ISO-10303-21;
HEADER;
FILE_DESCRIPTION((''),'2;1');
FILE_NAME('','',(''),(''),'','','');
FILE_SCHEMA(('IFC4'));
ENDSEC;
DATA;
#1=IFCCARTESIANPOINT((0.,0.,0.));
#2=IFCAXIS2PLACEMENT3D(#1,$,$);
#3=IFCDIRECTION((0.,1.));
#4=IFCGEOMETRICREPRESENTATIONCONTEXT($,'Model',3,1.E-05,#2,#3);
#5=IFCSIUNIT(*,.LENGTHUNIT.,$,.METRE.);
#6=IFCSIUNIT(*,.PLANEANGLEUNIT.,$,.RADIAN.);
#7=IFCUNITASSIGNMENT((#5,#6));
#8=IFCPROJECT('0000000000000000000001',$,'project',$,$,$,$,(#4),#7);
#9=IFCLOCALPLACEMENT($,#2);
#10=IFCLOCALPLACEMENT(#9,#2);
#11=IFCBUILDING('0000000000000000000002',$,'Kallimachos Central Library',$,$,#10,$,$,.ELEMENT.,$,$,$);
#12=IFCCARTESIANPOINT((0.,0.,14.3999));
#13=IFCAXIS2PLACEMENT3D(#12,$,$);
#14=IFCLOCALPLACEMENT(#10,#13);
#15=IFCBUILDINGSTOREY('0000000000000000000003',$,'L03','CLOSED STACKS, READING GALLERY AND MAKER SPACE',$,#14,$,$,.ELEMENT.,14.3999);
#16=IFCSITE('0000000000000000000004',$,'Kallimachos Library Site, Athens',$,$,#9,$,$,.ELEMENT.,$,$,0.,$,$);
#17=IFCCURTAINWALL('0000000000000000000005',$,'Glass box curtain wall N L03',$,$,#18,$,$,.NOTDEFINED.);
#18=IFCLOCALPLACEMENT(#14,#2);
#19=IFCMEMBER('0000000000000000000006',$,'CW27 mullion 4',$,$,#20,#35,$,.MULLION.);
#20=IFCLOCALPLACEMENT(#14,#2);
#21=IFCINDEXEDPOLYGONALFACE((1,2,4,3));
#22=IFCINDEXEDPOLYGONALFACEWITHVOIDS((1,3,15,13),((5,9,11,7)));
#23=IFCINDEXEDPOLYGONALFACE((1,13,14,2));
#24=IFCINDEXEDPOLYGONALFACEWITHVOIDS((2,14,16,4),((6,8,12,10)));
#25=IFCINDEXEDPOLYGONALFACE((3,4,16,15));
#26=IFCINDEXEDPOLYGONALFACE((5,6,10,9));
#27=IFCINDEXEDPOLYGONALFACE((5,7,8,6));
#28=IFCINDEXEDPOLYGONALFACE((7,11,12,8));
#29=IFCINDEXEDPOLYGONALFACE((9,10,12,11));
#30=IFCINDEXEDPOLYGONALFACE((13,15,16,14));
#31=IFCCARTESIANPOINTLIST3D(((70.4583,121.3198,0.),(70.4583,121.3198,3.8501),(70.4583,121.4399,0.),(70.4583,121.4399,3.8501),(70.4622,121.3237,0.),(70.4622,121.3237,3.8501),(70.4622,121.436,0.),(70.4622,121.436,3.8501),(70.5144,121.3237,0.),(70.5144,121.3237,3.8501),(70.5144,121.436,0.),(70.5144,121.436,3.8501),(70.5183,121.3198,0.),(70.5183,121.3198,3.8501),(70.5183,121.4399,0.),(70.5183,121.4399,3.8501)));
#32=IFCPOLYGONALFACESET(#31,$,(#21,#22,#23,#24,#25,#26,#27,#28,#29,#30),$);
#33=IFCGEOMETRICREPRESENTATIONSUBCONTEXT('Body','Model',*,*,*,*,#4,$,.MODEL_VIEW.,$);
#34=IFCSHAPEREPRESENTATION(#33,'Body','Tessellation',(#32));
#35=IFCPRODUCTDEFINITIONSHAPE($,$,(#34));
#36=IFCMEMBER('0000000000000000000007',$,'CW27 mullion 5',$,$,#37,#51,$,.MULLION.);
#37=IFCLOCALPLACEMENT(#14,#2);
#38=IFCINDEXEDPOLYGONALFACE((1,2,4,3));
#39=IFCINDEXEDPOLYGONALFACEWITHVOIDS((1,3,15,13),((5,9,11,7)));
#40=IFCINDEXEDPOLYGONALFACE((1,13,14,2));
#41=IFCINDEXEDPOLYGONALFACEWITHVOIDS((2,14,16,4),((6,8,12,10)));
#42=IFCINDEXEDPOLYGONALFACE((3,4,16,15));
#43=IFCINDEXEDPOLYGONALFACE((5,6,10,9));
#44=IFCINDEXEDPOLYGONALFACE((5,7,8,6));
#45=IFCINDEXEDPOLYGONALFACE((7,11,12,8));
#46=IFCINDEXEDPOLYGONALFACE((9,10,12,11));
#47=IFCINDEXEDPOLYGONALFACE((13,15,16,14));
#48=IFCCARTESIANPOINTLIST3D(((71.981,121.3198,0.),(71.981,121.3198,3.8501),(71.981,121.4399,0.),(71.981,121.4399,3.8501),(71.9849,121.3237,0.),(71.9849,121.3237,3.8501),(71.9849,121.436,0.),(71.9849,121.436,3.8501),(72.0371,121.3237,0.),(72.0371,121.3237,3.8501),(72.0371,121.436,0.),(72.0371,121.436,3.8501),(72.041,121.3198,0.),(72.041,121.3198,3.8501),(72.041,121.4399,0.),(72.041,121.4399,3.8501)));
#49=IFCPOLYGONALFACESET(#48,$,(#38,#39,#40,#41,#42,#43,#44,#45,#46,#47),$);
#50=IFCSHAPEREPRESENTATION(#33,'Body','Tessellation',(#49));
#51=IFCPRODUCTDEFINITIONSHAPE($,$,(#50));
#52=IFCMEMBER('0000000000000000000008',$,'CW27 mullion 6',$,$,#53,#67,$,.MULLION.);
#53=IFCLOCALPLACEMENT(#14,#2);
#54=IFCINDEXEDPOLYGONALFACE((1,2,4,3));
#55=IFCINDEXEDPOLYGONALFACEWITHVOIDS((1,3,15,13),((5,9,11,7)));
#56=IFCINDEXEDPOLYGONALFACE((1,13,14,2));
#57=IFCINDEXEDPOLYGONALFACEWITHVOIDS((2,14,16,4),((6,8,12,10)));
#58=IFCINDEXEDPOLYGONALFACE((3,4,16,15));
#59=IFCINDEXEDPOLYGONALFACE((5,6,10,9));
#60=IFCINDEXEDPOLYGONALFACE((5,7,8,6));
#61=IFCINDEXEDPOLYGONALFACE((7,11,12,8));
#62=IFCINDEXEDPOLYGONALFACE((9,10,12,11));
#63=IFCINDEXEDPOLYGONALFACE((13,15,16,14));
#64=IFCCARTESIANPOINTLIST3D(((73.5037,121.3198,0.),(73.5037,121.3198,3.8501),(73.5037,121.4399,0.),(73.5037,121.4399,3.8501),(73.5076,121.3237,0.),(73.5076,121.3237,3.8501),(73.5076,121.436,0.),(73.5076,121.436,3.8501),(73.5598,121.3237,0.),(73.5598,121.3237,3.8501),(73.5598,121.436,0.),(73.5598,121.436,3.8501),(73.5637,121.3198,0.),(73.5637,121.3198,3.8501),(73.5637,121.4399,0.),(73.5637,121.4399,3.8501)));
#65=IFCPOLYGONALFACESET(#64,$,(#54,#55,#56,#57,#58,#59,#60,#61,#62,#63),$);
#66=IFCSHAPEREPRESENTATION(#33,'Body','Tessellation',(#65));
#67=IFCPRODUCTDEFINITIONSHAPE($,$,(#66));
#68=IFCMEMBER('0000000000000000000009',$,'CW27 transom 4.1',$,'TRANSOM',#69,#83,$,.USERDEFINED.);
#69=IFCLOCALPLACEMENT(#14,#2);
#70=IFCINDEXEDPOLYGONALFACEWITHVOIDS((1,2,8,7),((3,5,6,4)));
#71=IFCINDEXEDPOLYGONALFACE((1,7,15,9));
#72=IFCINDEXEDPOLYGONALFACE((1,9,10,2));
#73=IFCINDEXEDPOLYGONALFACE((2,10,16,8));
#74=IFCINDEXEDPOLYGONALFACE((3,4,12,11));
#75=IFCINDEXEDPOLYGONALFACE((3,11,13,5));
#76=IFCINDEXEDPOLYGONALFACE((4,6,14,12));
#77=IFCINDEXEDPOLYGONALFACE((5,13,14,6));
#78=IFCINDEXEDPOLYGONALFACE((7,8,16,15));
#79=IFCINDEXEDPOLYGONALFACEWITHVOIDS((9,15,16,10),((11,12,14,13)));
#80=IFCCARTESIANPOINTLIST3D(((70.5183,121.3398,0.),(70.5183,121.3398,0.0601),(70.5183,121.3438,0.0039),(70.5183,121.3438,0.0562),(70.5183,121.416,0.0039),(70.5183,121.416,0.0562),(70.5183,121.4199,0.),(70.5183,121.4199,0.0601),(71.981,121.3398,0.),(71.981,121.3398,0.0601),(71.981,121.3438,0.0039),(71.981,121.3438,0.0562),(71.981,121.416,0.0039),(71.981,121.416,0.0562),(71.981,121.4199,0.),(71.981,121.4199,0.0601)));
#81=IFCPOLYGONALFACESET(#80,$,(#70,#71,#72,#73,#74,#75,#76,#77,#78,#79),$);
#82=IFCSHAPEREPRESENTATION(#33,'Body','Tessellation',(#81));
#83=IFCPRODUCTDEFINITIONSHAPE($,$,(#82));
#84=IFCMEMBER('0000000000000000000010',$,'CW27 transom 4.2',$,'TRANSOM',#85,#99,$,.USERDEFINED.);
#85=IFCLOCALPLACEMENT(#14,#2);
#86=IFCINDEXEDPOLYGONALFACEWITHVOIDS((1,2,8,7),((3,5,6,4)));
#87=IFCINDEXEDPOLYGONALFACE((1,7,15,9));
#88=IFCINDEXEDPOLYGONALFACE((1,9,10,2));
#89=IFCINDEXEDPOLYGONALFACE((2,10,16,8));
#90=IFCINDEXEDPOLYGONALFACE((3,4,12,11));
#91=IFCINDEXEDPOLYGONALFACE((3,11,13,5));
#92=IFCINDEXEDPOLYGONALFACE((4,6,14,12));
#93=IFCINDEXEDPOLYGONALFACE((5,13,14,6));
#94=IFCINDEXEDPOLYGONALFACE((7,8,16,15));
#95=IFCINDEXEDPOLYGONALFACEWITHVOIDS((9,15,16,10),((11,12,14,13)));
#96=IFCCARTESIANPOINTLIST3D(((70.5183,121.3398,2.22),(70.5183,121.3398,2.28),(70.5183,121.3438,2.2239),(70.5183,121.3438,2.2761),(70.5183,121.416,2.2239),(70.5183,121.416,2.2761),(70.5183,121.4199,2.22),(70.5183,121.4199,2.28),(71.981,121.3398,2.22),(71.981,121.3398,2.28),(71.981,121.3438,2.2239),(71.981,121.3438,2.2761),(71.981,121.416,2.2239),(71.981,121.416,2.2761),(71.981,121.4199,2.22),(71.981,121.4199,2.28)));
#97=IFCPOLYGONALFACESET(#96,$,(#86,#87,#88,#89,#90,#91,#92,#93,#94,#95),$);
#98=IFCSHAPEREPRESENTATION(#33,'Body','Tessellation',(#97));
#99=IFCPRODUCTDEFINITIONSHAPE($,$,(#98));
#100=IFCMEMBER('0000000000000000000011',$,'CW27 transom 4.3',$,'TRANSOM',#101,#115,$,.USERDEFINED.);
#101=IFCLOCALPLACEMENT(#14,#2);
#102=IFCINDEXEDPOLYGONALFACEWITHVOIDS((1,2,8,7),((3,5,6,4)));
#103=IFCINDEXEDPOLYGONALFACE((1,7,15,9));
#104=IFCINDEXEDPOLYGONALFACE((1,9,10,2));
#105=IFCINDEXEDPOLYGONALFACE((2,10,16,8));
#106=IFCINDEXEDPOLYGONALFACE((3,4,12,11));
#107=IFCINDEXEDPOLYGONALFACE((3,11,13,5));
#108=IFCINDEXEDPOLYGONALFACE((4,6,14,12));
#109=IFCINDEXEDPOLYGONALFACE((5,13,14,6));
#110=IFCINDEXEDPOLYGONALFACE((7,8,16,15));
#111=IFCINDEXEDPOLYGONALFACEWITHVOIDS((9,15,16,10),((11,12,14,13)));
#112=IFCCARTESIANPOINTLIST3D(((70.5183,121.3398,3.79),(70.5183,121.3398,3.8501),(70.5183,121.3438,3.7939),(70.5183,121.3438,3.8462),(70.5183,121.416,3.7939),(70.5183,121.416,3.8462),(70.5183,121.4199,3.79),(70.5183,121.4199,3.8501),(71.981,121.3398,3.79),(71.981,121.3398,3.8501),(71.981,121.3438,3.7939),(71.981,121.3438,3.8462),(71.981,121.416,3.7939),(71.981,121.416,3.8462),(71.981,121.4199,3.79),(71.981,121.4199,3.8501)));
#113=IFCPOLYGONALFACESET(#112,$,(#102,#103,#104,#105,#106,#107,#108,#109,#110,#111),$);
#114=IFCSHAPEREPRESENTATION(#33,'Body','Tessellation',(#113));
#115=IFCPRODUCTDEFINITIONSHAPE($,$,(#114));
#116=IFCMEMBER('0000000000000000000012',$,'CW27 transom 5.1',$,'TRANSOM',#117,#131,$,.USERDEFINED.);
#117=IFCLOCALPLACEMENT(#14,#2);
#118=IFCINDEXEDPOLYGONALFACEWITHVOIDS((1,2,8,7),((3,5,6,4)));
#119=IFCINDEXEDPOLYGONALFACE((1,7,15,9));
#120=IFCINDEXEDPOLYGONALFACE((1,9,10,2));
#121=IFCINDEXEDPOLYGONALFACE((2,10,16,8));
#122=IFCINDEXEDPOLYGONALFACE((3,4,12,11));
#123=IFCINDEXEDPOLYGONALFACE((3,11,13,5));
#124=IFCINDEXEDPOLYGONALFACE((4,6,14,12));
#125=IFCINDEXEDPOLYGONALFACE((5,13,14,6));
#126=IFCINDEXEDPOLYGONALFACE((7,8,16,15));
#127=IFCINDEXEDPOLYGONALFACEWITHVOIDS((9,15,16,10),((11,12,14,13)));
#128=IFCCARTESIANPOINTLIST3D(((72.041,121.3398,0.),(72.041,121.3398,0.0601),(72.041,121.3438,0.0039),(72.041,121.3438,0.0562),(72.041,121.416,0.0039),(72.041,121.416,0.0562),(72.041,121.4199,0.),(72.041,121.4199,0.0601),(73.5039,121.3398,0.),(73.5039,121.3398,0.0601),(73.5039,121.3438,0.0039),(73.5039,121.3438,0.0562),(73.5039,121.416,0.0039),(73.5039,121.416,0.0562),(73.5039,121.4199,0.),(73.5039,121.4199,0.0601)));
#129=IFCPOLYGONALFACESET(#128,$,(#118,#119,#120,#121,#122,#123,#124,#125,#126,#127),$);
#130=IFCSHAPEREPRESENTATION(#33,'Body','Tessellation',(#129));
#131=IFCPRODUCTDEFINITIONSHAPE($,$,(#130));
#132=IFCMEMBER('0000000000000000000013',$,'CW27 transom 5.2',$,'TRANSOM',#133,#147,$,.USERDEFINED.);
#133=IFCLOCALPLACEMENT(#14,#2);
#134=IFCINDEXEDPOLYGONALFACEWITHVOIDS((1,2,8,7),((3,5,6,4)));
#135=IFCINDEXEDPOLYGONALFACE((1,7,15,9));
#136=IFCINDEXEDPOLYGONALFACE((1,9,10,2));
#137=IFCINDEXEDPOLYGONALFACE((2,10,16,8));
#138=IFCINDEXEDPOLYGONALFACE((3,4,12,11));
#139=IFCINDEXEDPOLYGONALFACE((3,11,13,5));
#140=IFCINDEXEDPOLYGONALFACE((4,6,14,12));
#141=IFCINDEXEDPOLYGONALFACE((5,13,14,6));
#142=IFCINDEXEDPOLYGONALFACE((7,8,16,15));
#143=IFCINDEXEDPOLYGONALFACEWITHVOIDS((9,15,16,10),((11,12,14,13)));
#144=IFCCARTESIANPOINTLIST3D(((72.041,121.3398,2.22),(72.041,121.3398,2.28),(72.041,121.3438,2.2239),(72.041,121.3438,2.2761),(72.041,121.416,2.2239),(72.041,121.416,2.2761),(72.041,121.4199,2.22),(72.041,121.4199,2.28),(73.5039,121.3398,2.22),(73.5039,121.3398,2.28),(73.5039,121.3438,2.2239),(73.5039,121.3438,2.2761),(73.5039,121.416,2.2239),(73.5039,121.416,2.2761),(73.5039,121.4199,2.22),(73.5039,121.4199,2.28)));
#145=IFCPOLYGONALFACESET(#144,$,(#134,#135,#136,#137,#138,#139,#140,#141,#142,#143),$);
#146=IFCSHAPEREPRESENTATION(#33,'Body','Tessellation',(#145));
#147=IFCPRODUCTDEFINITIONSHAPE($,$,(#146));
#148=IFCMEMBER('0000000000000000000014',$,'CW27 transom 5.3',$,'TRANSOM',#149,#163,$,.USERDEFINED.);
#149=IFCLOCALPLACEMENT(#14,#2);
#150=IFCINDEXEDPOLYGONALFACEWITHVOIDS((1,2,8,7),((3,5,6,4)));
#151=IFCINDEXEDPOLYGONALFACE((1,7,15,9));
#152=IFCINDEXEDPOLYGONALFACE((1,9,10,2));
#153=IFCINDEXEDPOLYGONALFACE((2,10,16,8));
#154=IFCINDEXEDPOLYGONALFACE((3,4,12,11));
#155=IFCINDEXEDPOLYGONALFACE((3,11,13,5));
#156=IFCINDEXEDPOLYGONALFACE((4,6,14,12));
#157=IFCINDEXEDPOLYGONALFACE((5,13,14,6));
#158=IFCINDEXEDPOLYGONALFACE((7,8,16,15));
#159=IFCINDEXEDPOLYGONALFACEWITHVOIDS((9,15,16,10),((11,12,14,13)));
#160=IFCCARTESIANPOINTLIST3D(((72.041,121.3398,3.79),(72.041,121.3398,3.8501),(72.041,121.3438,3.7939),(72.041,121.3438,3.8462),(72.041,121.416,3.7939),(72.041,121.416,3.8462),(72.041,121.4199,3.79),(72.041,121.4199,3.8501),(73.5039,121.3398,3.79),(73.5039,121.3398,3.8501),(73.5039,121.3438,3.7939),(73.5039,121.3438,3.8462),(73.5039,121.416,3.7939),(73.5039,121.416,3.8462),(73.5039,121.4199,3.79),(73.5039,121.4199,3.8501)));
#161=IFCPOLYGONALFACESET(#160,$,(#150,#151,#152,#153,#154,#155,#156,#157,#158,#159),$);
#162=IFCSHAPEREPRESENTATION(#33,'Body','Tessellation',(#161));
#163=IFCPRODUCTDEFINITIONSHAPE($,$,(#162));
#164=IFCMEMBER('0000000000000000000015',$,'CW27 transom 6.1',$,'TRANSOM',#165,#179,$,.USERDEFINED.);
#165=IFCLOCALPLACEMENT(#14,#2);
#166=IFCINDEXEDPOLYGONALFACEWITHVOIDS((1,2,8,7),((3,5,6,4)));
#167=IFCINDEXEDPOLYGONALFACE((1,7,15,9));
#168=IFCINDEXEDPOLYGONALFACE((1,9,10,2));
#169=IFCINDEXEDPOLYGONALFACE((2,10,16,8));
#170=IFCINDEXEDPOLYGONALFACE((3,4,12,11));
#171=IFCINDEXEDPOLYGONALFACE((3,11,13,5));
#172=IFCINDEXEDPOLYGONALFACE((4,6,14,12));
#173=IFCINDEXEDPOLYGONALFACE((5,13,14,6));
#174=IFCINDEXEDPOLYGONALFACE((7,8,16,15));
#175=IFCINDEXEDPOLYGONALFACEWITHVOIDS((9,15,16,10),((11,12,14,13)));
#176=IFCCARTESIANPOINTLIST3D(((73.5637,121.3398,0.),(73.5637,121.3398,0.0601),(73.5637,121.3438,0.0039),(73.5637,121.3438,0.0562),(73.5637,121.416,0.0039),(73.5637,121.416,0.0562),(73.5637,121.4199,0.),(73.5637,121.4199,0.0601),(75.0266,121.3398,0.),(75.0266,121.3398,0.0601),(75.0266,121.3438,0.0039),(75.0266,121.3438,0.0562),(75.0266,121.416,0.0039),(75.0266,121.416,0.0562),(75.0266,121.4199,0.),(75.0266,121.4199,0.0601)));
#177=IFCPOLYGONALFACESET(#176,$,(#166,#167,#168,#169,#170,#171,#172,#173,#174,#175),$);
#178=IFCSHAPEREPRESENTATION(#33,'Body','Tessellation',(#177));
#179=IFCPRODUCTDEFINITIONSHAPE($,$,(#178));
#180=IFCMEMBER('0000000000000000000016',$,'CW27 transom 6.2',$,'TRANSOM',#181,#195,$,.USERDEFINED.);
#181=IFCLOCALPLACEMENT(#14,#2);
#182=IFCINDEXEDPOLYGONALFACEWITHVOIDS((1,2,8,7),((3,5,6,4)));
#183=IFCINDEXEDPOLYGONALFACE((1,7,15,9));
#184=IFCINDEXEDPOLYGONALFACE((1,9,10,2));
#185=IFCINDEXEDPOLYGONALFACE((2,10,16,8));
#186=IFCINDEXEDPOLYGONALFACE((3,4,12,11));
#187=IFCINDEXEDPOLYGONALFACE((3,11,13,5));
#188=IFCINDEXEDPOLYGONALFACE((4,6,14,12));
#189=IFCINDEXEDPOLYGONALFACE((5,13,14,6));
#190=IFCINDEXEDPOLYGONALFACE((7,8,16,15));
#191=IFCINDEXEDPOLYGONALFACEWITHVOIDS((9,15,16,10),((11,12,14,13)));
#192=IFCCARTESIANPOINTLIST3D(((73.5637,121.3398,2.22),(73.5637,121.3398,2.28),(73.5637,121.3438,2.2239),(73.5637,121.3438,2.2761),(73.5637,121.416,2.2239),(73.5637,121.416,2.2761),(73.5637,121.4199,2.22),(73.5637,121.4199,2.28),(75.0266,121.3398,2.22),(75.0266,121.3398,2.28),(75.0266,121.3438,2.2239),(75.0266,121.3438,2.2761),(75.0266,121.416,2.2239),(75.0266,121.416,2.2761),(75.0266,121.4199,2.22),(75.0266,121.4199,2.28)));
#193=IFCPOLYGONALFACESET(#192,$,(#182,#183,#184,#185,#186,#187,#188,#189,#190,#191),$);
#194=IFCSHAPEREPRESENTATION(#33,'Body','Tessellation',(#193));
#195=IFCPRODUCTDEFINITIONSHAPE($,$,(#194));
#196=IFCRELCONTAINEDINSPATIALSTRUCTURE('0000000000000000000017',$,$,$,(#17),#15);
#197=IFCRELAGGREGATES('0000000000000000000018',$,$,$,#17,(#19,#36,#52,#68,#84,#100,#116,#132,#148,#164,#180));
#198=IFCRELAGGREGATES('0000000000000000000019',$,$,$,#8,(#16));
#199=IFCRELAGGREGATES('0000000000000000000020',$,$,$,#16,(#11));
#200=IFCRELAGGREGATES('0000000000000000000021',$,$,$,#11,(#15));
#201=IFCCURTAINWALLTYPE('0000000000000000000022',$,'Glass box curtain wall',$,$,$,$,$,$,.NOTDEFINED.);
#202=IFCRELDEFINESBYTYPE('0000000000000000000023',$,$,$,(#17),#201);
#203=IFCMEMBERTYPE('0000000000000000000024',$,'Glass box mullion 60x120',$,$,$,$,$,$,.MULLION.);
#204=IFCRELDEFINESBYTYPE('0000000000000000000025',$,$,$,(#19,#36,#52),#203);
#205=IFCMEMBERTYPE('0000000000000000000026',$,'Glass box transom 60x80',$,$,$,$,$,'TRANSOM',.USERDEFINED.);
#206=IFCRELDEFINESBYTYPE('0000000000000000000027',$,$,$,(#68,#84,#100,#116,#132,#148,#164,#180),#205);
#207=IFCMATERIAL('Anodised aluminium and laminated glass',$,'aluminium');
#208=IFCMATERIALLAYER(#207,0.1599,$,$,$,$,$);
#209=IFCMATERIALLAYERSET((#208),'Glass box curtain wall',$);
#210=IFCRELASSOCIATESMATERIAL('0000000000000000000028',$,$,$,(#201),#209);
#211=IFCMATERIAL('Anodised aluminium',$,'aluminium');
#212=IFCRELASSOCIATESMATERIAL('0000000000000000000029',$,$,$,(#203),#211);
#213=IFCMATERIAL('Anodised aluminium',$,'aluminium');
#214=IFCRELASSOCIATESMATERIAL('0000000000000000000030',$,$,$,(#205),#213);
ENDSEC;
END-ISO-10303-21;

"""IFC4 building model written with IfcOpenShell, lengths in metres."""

from ifc_helpers import new_model, si_unit, direction, frame, origin, origin_2d, place, context, subcontext, project, spatial, hollow_rectangle, extrude, material, layer, layer_set, material_profile, profile_set, type_object, element, aggregate, save


model = new_model("IFC4")

# Units and contexts
model_context = context("Model", 3, precision=1e-05, world=origin(), true_north=direction((0.0, 1.0)))
body_context = subcontext(model_context, "Body", "Model", "MODEL_VIEW")
ifc_project = project(units=[si_unit("LENGTHUNIT", "METRE"), si_unit("PLANEANGLEUNIT", "RADIAN")], contexts=[model_context])

# Site, building, storey
site_placement = place(None, origin())
site = spatial("IfcSite", under=ifc_project, at=site_placement, Name="Kallimachos Library Site, Athens", CompositionType="ELEMENT", RefElevation=0.0)
building_placement = place(site_placement, origin())
building = spatial("IfcBuilding", under=site, at=building_placement, Name="Kallimachos Central Library", CompositionType="ELEMENT")
storey_placement = place(building_placement, frame((0.0, 0.0, 14.3999)))
storey = spatial("IfcBuildingStorey", under=building, at=storey_placement, Name="L03", Description="CLOSED STACKS, READING GALLERY AND MAKER SPACE", CompositionType="ELEMENT", Elevation=14.3999)

# Curtain wall, members
ifc_material_1 = material(Name="Anodised aluminium and laminated glass", Category="aluminium")
ifc_layer_1 = layer(ifc_material_1, 0.1599)
ifc_layer_set_1 = layer_set([ifc_layer_1], Name="Glass box curtain wall")
curtain_wall_type = type_object("IfcCurtainWallType", Name="Glass box curtain wall", PredefinedType="NOTDEFINED", material=ifc_layer_set_1)
curtain_wall_placement = place(storey_placement, origin())
curtain_wall = element("IfcCurtainWall", 1, at=curtain_wall_placement, inside=storey, type_object=curtain_wall_type, Name="Glass box curtain wall N L03", PredefinedType="NOTDEFINED")
ifc_material_2 = material(Name="Anodised aluminium", Category="aluminium")
ifc_material_profile_1 = material_profile(ifc_material_2, hollow_rectangle(XDim=0.0601, YDim=0.1201, WallThickness=0.0039, at=origin_2d()), Name="ALU MULLION 60x120")
ifc_profile_set_1 = profile_set([ifc_material_profile_1], Name="Anodised aluminium")
member_type_1 = type_object("IfcMemberType", Name="Glass box mullion 60x120", PredefinedType="MULLION", material=ifc_profile_set_1)
member_1_placement = place(storey_placement, frame((70.4883, 121.3799, 0.0), z_axis=(0.0, 0.0, 1.0), x_axis=(1.0, 0.0, 0.0)))
member_1 = element("IfcMember", 2, at=member_1_placement, type_object=member_type_1, Name="CW27 mullion 4", PredefinedType="MULLION", context=body_context, shape_type="SweptSolid", body=[
    extrude(hollow_rectangle(XDim=0.0601, YDim=0.1201, WallThickness=0.0039, at=origin_2d()), origin(), (0.0, 0.0, 1.0), 3.8501),
])
member_2_placement = place(storey_placement, frame((72.011, 121.3799, 0.0), z_axis=(0.0, 0.0, 1.0), x_axis=(1.0, 0.0, 0.0)))
member_2 = element("IfcMember", 3, at=member_2_placement, type_object=member_type_1, Name="CW27 mullion 5", PredefinedType="MULLION", context=body_context, shape_type="SweptSolid", body=[
    extrude(hollow_rectangle(XDim=0.0601, YDim=0.1201, WallThickness=0.0039, at=origin_2d()), origin(), (0.0, 0.0, 1.0), 3.8501),
])
member_3_placement = place(storey_placement, frame((73.5337, 121.3799, 0.0), z_axis=(0.0, 0.0, 1.0), x_axis=(1.0, 0.0, 0.0)))
member_3 = element("IfcMember", 4, at=member_3_placement, type_object=member_type_1, Name="CW27 mullion 6", PredefinedType="MULLION", context=body_context, shape_type="SweptSolid", body=[
    extrude(hollow_rectangle(XDim=0.0601, YDim=0.1201, WallThickness=0.0039, at=origin_2d()), origin(), (0.0, 0.0, 1.0), 3.8501),
])
ifc_material_3 = material(Name="Anodised aluminium", Category="aluminium")
ifc_material_profile_2 = material_profile(ifc_material_3, hollow_rectangle(XDim=0.0601, YDim=0.0801, WallThickness=0.0039, at=origin_2d()), Name="ALU TRANSOM 60x80")
ifc_profile_set_2 = profile_set([ifc_material_profile_2], Name="Anodised aluminium")
member_type_2 = type_object("IfcMemberType", Name="Glass box transom 60x80", ElementType="TRANSOM", PredefinedType="USERDEFINED", material=ifc_profile_set_2)
member_4_placement = place(storey_placement, frame((70.5183, 121.3799, 0.03), z_axis=(1.0, 0.0, 0.0), x_axis=(0.0, 0.0, 1.0)))
member_4 = element("IfcMember", 5, at=member_4_placement, type_object=member_type_2, Name="CW27 transom 4.1", ObjectType="TRANSOM", PredefinedType="USERDEFINED", context=body_context, shape_type="SweptSolid", body=[
    extrude(hollow_rectangle(XDim=0.0601, YDim=0.0801, WallThickness=0.0039, at=origin_2d()), origin(), (0.0, 0.0, 1.0), 1.4626),
])
member_5_placement = place(storey_placement, frame((70.5183, 121.3799, 2.25), z_axis=(1.0, 0.0, 0.0), x_axis=(0.0, 0.0, 1.0)))
member_5 = element("IfcMember", 6, at=member_5_placement, type_object=member_type_2, Name="CW27 transom 4.2", ObjectType="TRANSOM", PredefinedType="USERDEFINED", context=body_context, shape_type="SweptSolid", body=[
    extrude(hollow_rectangle(XDim=0.0601, YDim=0.0801, WallThickness=0.0039, at=origin_2d()), origin(), (0.0, 0.0, 1.0), 1.4626),
])
member_6_placement = place(storey_placement, frame((70.5183, 121.3799, 3.8201), z_axis=(1.0, 0.0, 0.0), x_axis=(0.0, 0.0, 1.0)))
member_6 = element("IfcMember", 7, at=member_6_placement, type_object=member_type_2, Name="CW27 transom 4.3", ObjectType="TRANSOM", PredefinedType="USERDEFINED", context=body_context, shape_type="SweptSolid", body=[
    extrude(hollow_rectangle(XDim=0.0601, YDim=0.0801, WallThickness=0.0039, at=origin_2d()), origin(), (0.0, 0.0, 1.0), 1.4626),
])
member_7_placement = place(storey_placement, frame((72.041, 121.3799, 0.03), z_axis=(1.0, 0.0, 0.0), x_axis=(0.0, 0.0, 1.0)))
member_7 = element("IfcMember", 8, at=member_7_placement, type_object=member_type_2, Name="CW27 transom 5.1", ObjectType="TRANSOM", PredefinedType="USERDEFINED", context=body_context, shape_type="SweptSolid", body=[
    extrude(hollow_rectangle(XDim=0.0601, YDim=0.0801, WallThickness=0.0039, at=origin_2d()), origin(), (0.0, 0.0, 1.0), 1.4629),
])
member_8_placement = place(storey_placement, frame((72.041, 121.3799, 2.25), z_axis=(1.0, 0.0, 0.0), x_axis=(0.0, 0.0, 1.0)))
member_8 = element("IfcMember", 9, at=member_8_placement, type_object=member_type_2, Name="CW27 transom 5.2", ObjectType="TRANSOM", PredefinedType="USERDEFINED", context=body_context, shape_type="SweptSolid", body=[
    extrude(hollow_rectangle(XDim=0.0601, YDim=0.0801, WallThickness=0.0039, at=origin_2d()), origin(), (0.0, 0.0, 1.0), 1.4629),
])
member_9_placement = place(storey_placement, frame((72.041, 121.3799, 3.8201), z_axis=(1.0, 0.0, 0.0), x_axis=(0.0, 0.0, 1.0)))
member_9 = element("IfcMember", 10, at=member_9_placement, type_object=member_type_2, Name="CW27 transom 5.3", ObjectType="TRANSOM", PredefinedType="USERDEFINED", context=body_context, shape_type="SweptSolid", body=[
    extrude(hollow_rectangle(XDim=0.0601, YDim=0.0801, WallThickness=0.0039, at=origin_2d()), origin(), (0.0, 0.0, 1.0), 1.4629),
])
member_10_placement = place(storey_placement, frame((73.5637, 121.3799, 0.03), z_axis=(1.0, 0.0, 0.0), x_axis=(0.0, 0.0, 1.0)))
member_10 = element("IfcMember", 11, at=member_10_placement, type_object=member_type_2, Name="CW27 transom 6.1", ObjectType="TRANSOM", PredefinedType="USERDEFINED", context=body_context, shape_type="SweptSolid", body=[
    extrude(hollow_rectangle(XDim=0.0601, YDim=0.0801, WallThickness=0.0039, at=origin_2d()), origin(), (0.0, 0.0, 1.0), 1.4629),
])
member_11_placement = place(storey_placement, frame((73.5637, 121.3799, 2.25), z_axis=(1.0, 0.0, 0.0), x_axis=(0.0, 0.0, 1.0)))
member_11 = element("IfcMember", 12, at=member_11_placement, type_object=member_type_2, Name="CW27 transom 6.2", ObjectType="TRANSOM", PredefinedType="USERDEFINED", context=body_context, shape_type="SweptSolid", body=[
    extrude(hollow_rectangle(XDim=0.0601, YDim=0.0801, WallThickness=0.0039, at=origin_2d()), origin(), (0.0, 0.0, 1.0), 1.4629),
])
aggregate(curtain_wall, [member_1, member_2, member_3, member_4, member_5, member_6, member_7, member_8, member_9, member_10, member_11])

save(model, "model.ifc")
